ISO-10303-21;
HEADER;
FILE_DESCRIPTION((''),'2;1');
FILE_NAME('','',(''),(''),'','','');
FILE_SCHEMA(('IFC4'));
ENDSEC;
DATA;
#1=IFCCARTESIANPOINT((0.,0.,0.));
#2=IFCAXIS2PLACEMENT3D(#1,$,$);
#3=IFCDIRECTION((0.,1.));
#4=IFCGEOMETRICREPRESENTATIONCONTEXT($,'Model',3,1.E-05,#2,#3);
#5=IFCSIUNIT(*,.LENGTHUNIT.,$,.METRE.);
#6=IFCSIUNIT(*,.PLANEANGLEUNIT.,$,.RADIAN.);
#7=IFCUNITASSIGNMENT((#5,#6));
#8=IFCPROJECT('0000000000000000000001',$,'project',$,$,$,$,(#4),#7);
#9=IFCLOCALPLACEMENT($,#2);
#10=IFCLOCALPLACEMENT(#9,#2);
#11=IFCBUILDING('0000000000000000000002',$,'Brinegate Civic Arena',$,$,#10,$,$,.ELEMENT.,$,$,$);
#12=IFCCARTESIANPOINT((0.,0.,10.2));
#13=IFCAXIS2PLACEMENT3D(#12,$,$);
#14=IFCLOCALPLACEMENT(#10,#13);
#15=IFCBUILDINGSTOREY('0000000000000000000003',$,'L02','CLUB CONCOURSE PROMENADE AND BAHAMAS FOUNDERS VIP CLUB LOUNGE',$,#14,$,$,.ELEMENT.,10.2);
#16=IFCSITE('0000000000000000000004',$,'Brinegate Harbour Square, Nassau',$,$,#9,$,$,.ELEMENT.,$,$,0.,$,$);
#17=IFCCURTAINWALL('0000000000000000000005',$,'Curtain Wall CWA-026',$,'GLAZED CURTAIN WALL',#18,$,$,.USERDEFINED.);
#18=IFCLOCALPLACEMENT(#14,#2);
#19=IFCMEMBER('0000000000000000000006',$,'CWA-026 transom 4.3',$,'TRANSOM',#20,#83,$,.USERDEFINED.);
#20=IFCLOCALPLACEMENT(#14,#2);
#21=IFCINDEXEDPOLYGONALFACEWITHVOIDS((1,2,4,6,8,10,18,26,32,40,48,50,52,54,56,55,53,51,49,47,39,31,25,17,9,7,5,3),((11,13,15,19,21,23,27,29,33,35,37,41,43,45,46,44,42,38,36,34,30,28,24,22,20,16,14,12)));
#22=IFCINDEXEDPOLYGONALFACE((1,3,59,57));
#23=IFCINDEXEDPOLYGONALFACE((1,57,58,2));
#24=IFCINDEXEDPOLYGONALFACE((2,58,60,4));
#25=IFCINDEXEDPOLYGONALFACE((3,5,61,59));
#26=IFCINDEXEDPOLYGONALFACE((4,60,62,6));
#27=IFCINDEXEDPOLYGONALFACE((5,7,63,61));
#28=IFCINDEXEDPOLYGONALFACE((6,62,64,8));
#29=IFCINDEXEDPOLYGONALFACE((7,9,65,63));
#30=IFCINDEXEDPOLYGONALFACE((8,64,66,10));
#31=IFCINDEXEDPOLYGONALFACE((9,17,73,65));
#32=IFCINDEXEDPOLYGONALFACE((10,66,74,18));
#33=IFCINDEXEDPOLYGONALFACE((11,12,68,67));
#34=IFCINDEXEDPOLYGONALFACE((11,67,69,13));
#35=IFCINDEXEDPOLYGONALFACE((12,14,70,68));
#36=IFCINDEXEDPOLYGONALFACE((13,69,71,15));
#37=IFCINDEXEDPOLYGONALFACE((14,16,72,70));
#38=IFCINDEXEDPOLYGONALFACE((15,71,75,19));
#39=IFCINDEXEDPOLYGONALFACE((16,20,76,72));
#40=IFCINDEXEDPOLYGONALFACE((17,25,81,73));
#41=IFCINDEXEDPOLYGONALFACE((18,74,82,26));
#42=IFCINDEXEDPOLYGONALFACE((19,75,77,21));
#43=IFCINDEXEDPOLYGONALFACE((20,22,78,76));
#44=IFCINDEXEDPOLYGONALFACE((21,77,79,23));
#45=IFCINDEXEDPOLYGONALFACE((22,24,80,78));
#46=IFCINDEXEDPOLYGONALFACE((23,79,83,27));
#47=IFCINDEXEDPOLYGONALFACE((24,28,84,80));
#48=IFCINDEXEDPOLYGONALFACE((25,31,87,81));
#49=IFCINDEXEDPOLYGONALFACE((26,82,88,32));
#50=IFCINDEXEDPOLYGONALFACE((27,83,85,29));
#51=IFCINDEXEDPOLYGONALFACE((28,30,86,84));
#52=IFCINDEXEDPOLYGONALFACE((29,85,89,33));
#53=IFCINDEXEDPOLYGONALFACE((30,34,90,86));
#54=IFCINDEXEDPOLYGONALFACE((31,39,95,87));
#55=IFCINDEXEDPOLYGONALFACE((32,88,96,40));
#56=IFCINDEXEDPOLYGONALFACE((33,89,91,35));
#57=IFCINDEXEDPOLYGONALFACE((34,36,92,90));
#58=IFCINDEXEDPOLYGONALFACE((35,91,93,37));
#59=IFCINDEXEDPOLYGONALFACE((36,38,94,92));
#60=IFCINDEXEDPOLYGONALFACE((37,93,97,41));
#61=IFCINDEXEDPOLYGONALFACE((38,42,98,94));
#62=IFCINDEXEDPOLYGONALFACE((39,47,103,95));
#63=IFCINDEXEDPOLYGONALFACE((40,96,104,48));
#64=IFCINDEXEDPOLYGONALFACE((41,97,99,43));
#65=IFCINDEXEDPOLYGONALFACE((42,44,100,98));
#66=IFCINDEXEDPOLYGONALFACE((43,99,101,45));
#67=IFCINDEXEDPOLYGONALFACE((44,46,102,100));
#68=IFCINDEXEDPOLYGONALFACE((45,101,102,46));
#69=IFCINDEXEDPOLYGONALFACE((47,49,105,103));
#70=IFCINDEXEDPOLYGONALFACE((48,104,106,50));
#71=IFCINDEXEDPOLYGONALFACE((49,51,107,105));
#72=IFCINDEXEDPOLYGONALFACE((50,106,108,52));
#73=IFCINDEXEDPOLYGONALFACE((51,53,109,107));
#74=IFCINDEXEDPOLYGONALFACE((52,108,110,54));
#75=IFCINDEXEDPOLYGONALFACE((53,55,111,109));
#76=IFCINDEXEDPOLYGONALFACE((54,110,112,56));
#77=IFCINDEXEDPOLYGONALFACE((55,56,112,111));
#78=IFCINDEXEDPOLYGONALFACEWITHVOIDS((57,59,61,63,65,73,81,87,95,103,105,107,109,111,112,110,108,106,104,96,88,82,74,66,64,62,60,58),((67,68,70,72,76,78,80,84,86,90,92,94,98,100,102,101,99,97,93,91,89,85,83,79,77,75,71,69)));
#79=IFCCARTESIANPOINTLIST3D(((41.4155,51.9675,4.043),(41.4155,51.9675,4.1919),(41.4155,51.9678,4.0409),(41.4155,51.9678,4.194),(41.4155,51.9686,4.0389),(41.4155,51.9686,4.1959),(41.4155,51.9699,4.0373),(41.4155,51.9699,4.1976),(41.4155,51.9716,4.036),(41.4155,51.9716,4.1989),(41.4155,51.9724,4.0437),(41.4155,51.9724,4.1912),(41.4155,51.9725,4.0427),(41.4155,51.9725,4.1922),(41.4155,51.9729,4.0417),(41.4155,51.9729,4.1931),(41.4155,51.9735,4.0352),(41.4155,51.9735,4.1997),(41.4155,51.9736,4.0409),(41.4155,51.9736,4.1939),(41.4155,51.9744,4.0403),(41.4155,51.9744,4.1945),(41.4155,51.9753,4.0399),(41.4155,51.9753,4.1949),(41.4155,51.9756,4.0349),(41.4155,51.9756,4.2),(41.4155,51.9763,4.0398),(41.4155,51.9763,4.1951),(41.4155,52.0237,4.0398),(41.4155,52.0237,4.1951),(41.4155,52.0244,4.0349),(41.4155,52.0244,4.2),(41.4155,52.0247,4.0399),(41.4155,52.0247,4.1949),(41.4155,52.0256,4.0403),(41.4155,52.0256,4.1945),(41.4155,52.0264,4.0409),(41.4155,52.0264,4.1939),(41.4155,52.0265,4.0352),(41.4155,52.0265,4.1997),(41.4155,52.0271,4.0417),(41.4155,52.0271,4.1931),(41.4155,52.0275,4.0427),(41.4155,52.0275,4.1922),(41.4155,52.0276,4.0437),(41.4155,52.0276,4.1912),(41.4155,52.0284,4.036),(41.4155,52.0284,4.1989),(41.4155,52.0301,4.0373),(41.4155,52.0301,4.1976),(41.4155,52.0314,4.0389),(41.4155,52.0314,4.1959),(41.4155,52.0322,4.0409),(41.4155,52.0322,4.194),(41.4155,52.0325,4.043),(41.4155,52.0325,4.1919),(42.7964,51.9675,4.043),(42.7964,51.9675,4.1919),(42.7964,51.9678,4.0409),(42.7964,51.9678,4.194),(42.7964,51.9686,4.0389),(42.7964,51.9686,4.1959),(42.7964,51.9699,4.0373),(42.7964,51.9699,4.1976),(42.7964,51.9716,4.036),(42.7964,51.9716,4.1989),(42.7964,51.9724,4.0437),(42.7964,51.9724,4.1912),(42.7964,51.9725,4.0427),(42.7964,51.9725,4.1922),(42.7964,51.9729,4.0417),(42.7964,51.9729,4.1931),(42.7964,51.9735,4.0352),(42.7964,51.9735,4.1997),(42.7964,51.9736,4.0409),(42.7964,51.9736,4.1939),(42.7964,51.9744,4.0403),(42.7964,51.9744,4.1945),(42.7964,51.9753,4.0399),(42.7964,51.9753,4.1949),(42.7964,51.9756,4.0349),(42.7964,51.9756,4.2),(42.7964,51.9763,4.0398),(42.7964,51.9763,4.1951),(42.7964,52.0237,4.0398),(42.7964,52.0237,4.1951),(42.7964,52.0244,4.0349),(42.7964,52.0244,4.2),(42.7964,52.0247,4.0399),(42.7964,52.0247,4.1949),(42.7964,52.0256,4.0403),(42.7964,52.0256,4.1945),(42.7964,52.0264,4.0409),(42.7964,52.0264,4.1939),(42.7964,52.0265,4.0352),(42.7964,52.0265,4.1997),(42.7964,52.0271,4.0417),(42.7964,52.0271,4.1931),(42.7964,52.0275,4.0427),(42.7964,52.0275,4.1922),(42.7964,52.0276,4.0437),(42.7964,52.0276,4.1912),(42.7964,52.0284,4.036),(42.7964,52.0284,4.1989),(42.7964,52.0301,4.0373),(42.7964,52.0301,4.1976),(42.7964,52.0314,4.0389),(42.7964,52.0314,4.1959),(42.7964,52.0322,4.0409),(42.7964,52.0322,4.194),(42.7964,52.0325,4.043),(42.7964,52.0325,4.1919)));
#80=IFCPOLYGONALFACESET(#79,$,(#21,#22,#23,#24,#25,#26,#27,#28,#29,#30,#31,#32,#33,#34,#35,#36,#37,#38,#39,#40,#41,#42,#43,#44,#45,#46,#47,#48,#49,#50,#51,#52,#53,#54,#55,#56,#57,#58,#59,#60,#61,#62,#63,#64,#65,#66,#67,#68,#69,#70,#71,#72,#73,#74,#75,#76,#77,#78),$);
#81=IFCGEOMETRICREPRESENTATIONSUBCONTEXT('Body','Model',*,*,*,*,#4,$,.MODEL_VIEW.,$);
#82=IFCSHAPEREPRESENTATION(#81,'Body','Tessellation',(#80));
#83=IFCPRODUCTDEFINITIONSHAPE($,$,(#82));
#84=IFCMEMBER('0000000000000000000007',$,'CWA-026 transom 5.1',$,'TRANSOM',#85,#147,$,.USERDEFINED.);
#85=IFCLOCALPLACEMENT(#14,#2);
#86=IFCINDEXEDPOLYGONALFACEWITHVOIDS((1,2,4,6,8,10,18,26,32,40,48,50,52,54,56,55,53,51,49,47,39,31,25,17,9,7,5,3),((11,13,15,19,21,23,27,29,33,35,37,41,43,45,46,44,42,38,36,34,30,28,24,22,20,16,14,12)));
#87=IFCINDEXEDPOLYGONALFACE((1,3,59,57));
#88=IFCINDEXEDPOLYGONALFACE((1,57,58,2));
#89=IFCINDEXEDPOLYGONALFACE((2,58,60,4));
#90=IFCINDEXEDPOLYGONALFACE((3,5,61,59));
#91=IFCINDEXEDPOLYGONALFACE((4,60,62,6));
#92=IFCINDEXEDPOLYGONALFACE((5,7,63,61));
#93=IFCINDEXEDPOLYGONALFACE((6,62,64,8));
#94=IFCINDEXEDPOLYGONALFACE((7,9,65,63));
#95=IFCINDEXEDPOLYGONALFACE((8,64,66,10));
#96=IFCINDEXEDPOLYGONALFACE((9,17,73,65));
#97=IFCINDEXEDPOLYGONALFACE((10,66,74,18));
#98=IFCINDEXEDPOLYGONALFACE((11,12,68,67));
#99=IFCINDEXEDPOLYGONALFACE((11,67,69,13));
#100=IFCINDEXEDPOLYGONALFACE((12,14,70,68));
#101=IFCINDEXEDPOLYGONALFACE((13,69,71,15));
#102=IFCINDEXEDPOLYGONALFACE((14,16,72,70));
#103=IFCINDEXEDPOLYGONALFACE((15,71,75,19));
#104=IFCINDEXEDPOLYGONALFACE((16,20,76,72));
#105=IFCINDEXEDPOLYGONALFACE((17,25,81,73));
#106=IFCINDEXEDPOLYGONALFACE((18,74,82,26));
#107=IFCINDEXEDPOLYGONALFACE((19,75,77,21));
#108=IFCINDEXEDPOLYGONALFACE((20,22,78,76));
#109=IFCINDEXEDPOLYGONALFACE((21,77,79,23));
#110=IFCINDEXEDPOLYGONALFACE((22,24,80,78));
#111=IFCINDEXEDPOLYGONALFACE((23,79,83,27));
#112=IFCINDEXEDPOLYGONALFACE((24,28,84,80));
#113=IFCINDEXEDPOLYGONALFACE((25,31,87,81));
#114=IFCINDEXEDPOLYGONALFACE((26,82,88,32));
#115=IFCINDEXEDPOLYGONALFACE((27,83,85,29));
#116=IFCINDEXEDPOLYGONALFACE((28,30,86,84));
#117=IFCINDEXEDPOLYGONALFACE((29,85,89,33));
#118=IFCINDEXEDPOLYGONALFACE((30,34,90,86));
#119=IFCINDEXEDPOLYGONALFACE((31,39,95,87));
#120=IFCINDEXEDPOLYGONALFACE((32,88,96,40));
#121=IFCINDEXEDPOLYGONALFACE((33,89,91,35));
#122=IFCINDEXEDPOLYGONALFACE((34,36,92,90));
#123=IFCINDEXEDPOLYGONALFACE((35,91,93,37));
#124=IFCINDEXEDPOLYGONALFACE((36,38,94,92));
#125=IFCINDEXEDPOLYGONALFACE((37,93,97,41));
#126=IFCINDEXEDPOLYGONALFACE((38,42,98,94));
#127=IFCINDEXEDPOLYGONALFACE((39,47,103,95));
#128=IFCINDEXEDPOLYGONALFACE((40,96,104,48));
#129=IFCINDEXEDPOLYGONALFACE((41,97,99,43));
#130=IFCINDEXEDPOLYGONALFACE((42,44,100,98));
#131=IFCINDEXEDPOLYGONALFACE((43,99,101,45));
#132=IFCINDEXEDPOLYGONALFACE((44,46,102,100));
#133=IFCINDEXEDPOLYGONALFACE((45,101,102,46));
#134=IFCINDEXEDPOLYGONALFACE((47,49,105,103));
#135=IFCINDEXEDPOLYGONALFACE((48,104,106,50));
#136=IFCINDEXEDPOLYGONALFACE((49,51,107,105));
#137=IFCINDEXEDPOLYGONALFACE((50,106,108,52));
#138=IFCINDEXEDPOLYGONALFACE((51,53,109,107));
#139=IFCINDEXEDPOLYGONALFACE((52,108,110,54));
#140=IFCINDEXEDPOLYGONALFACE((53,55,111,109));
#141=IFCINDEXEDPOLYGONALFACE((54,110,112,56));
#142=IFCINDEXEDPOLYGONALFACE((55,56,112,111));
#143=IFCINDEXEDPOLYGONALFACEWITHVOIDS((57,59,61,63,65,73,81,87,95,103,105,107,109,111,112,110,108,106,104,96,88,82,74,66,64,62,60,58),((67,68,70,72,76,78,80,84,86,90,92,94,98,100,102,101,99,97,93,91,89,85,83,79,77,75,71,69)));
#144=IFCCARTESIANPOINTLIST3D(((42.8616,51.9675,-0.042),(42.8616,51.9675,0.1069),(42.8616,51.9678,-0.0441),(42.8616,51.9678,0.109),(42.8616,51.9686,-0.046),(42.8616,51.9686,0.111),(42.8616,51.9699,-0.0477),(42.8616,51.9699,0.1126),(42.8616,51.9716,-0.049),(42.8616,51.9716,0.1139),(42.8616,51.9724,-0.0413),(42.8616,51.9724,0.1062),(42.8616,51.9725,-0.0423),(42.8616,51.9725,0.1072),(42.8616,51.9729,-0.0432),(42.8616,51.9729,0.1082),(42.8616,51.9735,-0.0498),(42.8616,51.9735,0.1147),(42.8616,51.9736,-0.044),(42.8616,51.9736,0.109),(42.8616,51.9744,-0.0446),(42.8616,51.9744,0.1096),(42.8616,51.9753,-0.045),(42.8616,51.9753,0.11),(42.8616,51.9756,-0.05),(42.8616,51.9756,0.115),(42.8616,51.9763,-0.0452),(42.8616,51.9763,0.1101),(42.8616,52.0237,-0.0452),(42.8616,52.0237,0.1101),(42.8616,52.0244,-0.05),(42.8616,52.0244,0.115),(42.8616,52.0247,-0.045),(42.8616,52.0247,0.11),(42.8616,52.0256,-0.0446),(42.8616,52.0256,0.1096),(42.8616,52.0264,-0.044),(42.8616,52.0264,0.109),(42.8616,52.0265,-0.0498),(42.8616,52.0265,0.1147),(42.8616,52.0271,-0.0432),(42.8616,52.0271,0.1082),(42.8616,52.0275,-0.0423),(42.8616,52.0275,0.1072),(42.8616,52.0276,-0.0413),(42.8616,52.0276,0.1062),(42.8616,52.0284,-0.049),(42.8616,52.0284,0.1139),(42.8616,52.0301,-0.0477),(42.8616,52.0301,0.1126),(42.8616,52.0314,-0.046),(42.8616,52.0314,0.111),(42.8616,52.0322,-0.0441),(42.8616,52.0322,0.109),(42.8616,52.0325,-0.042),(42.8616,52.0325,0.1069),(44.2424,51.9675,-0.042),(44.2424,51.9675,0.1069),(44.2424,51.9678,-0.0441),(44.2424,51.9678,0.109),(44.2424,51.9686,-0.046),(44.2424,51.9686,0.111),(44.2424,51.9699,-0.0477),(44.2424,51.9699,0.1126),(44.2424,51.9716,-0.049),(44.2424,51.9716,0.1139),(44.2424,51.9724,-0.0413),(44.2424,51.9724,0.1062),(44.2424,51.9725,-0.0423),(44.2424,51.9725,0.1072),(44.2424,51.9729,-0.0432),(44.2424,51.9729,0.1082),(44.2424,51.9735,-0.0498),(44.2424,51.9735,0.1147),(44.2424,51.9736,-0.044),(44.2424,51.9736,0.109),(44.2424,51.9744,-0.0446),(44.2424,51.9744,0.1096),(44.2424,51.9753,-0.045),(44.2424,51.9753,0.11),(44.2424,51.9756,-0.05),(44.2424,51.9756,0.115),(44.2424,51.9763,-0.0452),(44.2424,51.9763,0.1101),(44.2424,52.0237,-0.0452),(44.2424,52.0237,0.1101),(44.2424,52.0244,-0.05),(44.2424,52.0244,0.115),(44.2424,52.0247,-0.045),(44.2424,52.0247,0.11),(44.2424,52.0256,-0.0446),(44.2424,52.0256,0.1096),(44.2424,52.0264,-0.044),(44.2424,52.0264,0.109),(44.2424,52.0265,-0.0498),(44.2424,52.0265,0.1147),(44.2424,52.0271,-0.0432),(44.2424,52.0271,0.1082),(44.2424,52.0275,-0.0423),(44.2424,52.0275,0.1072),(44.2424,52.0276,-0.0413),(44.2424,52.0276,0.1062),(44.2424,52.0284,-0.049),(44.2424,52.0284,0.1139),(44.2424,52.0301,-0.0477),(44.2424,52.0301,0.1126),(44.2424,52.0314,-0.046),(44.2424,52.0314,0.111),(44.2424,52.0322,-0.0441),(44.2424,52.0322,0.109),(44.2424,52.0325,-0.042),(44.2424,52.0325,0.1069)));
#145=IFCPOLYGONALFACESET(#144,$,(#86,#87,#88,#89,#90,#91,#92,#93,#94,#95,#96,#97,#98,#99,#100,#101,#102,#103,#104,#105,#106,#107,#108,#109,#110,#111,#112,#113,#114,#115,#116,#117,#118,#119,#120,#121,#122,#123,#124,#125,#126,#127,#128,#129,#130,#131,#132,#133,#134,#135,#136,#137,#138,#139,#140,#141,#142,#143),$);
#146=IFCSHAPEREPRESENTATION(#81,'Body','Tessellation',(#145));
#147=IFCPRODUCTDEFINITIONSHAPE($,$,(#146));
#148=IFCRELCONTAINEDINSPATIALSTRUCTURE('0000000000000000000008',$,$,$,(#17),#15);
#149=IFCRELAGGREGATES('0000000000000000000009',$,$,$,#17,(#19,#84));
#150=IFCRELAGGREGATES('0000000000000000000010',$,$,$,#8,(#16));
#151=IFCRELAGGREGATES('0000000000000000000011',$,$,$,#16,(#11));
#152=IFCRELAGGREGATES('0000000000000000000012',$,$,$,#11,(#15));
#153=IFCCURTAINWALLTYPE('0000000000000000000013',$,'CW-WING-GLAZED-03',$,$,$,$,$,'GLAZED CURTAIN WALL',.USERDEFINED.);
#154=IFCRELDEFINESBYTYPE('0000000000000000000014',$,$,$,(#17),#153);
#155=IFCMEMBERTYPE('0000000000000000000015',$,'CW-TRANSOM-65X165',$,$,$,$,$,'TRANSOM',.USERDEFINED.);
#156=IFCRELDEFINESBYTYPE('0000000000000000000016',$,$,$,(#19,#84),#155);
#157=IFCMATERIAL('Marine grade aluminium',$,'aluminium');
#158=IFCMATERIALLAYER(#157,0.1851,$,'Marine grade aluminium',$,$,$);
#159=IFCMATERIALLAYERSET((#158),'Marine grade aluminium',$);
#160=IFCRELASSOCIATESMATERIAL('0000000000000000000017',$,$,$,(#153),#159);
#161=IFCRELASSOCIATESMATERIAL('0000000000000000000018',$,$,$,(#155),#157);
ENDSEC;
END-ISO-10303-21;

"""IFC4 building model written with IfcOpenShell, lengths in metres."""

from ifc_helpers import new_model, si_unit, direction, frame, origin, origin_2d, place, context, subcontext, project, spatial, hollow_rectangle, extrude, material, layer, layer_set, material_profile, profile_set, type_object, element, aggregate, save


model = new_model("IFC4")

# Units and contexts
model_context = context("Model", 3, precision=1e-05, world=origin(), true_north=direction((0.0, 1.0)))
body_context = subcontext(model_context, "Body", "Model", "MODEL_VIEW")
ifc_project = project(units=[si_unit("LENGTHUNIT", "METRE"), si_unit("PLANEANGLEUNIT", "RADIAN")], contexts=[model_context])

# Site, building, storey
site_placement = place(None, origin())
site = spatial("IfcSite", under=ifc_project, at=site_placement, Name="Brinegate Harbour Square, Nassau", CompositionType="ELEMENT", RefElevation=0.0)
building_placement = place(site_placement, origin())
building = spatial("IfcBuilding", under=site, at=building_placement, Name="Brinegate Civic Arena", CompositionType="ELEMENT")
storey_placement = place(building_placement, frame((0.0, 0.0, 10.2)))
storey = spatial("IfcBuildingStorey", under=building, at=storey_placement, Name="L02", Description="CLUB CONCOURSE PROMENADE AND BAHAMAS FOUNDERS VIP CLUB LOUNGE", CompositionType="ELEMENT", Elevation=10.2)

# Curtain wall
ifc_material_1 = material(Name="Marine grade aluminium", Category="aluminium")
ifc_layer_1 = layer(ifc_material_1, 0.1851, Name="Marine grade aluminium")
ifc_layer_set_1 = layer_set([ifc_layer_1], Name="Marine grade aluminium")
curtain_wall_type_1 = type_object("IfcCurtainWallType", Name="CW-WING-GLAZED-03", ElementType="GLAZED CURTAIN WALL", PredefinedType="USERDEFINED", material=ifc_layer_set_1)
curtain_wall_1_placement = place(storey_placement, origin())
curtain_wall_1 = element("IfcCurtainWall", 1, at=curtain_wall_1_placement, inside=storey, type_object=curtain_wall_type_1, Name="Curtain Wall CWA-026", ObjectType="GLAZED CURTAIN WALL", PredefinedType="USERDEFINED")

# Members
ifc_material_profile_1 = material_profile(ifc_material_1, hollow_rectangle(XDim=0.0649, YDim=0.165, WallThickness=0.0049, InnerFilletRadius=0.0039, OuterFilletRadius=0.0081, at=origin_2d()), Name="TRN65X165")
ifc_profile_set_1 = profile_set([ifc_material_profile_1], Name="Marine grade aluminium")
member_type_1 = type_object("IfcMemberType", Name="CW-TRANSOM-65X165", ElementType="TRANSOM", PredefinedType="USERDEFINED", material=ifc_profile_set_1)
member_1_placement = place(storey_placement, frame((41.4155, 52.0, 4.1174), z_axis=(1.0, 0.0, 0.0), x_axis=(0.0, 1.0, 0.0)))
member_1 = element("IfcMember", 2, at=member_1_placement, type_object=member_type_1, Name="CWA-026 transom 4.3", ObjectType="TRANSOM", PredefinedType="USERDEFINED", context=body_context, shape_type="SweptSolid", body=[
    extrude(hollow_rectangle(XDim=0.0649, YDim=0.165, WallThickness=0.0049, InnerFilletRadius=0.0039, OuterFilletRadius=0.0081, at=origin_2d()), origin(), (0.0, 0.0, 1.0), 1.3809),
])
member_2_placement = place(storey_placement, frame((42.8616, 52.0, 0.0325), z_axis=(1.0, 0.0, 0.0), x_axis=(0.0, 1.0, 0.0)))
member_2 = element("IfcMember", 3, at=member_2_placement, type_object=member_type_1, Name="CWA-026 transom 5.1", ObjectType="TRANSOM", PredefinedType="USERDEFINED", context=body_context, shape_type="SweptSolid", body=[
    extrude(hollow_rectangle(XDim=0.0649, YDim=0.165, WallThickness=0.0049, InnerFilletRadius=0.0039, OuterFilletRadius=0.0081, at=origin_2d()), origin(), (0.0, 0.0, 1.0), 1.3809),
])

aggregate(curtain_wall_1, [member_1, member_2])

save(model, "model.ifc")
